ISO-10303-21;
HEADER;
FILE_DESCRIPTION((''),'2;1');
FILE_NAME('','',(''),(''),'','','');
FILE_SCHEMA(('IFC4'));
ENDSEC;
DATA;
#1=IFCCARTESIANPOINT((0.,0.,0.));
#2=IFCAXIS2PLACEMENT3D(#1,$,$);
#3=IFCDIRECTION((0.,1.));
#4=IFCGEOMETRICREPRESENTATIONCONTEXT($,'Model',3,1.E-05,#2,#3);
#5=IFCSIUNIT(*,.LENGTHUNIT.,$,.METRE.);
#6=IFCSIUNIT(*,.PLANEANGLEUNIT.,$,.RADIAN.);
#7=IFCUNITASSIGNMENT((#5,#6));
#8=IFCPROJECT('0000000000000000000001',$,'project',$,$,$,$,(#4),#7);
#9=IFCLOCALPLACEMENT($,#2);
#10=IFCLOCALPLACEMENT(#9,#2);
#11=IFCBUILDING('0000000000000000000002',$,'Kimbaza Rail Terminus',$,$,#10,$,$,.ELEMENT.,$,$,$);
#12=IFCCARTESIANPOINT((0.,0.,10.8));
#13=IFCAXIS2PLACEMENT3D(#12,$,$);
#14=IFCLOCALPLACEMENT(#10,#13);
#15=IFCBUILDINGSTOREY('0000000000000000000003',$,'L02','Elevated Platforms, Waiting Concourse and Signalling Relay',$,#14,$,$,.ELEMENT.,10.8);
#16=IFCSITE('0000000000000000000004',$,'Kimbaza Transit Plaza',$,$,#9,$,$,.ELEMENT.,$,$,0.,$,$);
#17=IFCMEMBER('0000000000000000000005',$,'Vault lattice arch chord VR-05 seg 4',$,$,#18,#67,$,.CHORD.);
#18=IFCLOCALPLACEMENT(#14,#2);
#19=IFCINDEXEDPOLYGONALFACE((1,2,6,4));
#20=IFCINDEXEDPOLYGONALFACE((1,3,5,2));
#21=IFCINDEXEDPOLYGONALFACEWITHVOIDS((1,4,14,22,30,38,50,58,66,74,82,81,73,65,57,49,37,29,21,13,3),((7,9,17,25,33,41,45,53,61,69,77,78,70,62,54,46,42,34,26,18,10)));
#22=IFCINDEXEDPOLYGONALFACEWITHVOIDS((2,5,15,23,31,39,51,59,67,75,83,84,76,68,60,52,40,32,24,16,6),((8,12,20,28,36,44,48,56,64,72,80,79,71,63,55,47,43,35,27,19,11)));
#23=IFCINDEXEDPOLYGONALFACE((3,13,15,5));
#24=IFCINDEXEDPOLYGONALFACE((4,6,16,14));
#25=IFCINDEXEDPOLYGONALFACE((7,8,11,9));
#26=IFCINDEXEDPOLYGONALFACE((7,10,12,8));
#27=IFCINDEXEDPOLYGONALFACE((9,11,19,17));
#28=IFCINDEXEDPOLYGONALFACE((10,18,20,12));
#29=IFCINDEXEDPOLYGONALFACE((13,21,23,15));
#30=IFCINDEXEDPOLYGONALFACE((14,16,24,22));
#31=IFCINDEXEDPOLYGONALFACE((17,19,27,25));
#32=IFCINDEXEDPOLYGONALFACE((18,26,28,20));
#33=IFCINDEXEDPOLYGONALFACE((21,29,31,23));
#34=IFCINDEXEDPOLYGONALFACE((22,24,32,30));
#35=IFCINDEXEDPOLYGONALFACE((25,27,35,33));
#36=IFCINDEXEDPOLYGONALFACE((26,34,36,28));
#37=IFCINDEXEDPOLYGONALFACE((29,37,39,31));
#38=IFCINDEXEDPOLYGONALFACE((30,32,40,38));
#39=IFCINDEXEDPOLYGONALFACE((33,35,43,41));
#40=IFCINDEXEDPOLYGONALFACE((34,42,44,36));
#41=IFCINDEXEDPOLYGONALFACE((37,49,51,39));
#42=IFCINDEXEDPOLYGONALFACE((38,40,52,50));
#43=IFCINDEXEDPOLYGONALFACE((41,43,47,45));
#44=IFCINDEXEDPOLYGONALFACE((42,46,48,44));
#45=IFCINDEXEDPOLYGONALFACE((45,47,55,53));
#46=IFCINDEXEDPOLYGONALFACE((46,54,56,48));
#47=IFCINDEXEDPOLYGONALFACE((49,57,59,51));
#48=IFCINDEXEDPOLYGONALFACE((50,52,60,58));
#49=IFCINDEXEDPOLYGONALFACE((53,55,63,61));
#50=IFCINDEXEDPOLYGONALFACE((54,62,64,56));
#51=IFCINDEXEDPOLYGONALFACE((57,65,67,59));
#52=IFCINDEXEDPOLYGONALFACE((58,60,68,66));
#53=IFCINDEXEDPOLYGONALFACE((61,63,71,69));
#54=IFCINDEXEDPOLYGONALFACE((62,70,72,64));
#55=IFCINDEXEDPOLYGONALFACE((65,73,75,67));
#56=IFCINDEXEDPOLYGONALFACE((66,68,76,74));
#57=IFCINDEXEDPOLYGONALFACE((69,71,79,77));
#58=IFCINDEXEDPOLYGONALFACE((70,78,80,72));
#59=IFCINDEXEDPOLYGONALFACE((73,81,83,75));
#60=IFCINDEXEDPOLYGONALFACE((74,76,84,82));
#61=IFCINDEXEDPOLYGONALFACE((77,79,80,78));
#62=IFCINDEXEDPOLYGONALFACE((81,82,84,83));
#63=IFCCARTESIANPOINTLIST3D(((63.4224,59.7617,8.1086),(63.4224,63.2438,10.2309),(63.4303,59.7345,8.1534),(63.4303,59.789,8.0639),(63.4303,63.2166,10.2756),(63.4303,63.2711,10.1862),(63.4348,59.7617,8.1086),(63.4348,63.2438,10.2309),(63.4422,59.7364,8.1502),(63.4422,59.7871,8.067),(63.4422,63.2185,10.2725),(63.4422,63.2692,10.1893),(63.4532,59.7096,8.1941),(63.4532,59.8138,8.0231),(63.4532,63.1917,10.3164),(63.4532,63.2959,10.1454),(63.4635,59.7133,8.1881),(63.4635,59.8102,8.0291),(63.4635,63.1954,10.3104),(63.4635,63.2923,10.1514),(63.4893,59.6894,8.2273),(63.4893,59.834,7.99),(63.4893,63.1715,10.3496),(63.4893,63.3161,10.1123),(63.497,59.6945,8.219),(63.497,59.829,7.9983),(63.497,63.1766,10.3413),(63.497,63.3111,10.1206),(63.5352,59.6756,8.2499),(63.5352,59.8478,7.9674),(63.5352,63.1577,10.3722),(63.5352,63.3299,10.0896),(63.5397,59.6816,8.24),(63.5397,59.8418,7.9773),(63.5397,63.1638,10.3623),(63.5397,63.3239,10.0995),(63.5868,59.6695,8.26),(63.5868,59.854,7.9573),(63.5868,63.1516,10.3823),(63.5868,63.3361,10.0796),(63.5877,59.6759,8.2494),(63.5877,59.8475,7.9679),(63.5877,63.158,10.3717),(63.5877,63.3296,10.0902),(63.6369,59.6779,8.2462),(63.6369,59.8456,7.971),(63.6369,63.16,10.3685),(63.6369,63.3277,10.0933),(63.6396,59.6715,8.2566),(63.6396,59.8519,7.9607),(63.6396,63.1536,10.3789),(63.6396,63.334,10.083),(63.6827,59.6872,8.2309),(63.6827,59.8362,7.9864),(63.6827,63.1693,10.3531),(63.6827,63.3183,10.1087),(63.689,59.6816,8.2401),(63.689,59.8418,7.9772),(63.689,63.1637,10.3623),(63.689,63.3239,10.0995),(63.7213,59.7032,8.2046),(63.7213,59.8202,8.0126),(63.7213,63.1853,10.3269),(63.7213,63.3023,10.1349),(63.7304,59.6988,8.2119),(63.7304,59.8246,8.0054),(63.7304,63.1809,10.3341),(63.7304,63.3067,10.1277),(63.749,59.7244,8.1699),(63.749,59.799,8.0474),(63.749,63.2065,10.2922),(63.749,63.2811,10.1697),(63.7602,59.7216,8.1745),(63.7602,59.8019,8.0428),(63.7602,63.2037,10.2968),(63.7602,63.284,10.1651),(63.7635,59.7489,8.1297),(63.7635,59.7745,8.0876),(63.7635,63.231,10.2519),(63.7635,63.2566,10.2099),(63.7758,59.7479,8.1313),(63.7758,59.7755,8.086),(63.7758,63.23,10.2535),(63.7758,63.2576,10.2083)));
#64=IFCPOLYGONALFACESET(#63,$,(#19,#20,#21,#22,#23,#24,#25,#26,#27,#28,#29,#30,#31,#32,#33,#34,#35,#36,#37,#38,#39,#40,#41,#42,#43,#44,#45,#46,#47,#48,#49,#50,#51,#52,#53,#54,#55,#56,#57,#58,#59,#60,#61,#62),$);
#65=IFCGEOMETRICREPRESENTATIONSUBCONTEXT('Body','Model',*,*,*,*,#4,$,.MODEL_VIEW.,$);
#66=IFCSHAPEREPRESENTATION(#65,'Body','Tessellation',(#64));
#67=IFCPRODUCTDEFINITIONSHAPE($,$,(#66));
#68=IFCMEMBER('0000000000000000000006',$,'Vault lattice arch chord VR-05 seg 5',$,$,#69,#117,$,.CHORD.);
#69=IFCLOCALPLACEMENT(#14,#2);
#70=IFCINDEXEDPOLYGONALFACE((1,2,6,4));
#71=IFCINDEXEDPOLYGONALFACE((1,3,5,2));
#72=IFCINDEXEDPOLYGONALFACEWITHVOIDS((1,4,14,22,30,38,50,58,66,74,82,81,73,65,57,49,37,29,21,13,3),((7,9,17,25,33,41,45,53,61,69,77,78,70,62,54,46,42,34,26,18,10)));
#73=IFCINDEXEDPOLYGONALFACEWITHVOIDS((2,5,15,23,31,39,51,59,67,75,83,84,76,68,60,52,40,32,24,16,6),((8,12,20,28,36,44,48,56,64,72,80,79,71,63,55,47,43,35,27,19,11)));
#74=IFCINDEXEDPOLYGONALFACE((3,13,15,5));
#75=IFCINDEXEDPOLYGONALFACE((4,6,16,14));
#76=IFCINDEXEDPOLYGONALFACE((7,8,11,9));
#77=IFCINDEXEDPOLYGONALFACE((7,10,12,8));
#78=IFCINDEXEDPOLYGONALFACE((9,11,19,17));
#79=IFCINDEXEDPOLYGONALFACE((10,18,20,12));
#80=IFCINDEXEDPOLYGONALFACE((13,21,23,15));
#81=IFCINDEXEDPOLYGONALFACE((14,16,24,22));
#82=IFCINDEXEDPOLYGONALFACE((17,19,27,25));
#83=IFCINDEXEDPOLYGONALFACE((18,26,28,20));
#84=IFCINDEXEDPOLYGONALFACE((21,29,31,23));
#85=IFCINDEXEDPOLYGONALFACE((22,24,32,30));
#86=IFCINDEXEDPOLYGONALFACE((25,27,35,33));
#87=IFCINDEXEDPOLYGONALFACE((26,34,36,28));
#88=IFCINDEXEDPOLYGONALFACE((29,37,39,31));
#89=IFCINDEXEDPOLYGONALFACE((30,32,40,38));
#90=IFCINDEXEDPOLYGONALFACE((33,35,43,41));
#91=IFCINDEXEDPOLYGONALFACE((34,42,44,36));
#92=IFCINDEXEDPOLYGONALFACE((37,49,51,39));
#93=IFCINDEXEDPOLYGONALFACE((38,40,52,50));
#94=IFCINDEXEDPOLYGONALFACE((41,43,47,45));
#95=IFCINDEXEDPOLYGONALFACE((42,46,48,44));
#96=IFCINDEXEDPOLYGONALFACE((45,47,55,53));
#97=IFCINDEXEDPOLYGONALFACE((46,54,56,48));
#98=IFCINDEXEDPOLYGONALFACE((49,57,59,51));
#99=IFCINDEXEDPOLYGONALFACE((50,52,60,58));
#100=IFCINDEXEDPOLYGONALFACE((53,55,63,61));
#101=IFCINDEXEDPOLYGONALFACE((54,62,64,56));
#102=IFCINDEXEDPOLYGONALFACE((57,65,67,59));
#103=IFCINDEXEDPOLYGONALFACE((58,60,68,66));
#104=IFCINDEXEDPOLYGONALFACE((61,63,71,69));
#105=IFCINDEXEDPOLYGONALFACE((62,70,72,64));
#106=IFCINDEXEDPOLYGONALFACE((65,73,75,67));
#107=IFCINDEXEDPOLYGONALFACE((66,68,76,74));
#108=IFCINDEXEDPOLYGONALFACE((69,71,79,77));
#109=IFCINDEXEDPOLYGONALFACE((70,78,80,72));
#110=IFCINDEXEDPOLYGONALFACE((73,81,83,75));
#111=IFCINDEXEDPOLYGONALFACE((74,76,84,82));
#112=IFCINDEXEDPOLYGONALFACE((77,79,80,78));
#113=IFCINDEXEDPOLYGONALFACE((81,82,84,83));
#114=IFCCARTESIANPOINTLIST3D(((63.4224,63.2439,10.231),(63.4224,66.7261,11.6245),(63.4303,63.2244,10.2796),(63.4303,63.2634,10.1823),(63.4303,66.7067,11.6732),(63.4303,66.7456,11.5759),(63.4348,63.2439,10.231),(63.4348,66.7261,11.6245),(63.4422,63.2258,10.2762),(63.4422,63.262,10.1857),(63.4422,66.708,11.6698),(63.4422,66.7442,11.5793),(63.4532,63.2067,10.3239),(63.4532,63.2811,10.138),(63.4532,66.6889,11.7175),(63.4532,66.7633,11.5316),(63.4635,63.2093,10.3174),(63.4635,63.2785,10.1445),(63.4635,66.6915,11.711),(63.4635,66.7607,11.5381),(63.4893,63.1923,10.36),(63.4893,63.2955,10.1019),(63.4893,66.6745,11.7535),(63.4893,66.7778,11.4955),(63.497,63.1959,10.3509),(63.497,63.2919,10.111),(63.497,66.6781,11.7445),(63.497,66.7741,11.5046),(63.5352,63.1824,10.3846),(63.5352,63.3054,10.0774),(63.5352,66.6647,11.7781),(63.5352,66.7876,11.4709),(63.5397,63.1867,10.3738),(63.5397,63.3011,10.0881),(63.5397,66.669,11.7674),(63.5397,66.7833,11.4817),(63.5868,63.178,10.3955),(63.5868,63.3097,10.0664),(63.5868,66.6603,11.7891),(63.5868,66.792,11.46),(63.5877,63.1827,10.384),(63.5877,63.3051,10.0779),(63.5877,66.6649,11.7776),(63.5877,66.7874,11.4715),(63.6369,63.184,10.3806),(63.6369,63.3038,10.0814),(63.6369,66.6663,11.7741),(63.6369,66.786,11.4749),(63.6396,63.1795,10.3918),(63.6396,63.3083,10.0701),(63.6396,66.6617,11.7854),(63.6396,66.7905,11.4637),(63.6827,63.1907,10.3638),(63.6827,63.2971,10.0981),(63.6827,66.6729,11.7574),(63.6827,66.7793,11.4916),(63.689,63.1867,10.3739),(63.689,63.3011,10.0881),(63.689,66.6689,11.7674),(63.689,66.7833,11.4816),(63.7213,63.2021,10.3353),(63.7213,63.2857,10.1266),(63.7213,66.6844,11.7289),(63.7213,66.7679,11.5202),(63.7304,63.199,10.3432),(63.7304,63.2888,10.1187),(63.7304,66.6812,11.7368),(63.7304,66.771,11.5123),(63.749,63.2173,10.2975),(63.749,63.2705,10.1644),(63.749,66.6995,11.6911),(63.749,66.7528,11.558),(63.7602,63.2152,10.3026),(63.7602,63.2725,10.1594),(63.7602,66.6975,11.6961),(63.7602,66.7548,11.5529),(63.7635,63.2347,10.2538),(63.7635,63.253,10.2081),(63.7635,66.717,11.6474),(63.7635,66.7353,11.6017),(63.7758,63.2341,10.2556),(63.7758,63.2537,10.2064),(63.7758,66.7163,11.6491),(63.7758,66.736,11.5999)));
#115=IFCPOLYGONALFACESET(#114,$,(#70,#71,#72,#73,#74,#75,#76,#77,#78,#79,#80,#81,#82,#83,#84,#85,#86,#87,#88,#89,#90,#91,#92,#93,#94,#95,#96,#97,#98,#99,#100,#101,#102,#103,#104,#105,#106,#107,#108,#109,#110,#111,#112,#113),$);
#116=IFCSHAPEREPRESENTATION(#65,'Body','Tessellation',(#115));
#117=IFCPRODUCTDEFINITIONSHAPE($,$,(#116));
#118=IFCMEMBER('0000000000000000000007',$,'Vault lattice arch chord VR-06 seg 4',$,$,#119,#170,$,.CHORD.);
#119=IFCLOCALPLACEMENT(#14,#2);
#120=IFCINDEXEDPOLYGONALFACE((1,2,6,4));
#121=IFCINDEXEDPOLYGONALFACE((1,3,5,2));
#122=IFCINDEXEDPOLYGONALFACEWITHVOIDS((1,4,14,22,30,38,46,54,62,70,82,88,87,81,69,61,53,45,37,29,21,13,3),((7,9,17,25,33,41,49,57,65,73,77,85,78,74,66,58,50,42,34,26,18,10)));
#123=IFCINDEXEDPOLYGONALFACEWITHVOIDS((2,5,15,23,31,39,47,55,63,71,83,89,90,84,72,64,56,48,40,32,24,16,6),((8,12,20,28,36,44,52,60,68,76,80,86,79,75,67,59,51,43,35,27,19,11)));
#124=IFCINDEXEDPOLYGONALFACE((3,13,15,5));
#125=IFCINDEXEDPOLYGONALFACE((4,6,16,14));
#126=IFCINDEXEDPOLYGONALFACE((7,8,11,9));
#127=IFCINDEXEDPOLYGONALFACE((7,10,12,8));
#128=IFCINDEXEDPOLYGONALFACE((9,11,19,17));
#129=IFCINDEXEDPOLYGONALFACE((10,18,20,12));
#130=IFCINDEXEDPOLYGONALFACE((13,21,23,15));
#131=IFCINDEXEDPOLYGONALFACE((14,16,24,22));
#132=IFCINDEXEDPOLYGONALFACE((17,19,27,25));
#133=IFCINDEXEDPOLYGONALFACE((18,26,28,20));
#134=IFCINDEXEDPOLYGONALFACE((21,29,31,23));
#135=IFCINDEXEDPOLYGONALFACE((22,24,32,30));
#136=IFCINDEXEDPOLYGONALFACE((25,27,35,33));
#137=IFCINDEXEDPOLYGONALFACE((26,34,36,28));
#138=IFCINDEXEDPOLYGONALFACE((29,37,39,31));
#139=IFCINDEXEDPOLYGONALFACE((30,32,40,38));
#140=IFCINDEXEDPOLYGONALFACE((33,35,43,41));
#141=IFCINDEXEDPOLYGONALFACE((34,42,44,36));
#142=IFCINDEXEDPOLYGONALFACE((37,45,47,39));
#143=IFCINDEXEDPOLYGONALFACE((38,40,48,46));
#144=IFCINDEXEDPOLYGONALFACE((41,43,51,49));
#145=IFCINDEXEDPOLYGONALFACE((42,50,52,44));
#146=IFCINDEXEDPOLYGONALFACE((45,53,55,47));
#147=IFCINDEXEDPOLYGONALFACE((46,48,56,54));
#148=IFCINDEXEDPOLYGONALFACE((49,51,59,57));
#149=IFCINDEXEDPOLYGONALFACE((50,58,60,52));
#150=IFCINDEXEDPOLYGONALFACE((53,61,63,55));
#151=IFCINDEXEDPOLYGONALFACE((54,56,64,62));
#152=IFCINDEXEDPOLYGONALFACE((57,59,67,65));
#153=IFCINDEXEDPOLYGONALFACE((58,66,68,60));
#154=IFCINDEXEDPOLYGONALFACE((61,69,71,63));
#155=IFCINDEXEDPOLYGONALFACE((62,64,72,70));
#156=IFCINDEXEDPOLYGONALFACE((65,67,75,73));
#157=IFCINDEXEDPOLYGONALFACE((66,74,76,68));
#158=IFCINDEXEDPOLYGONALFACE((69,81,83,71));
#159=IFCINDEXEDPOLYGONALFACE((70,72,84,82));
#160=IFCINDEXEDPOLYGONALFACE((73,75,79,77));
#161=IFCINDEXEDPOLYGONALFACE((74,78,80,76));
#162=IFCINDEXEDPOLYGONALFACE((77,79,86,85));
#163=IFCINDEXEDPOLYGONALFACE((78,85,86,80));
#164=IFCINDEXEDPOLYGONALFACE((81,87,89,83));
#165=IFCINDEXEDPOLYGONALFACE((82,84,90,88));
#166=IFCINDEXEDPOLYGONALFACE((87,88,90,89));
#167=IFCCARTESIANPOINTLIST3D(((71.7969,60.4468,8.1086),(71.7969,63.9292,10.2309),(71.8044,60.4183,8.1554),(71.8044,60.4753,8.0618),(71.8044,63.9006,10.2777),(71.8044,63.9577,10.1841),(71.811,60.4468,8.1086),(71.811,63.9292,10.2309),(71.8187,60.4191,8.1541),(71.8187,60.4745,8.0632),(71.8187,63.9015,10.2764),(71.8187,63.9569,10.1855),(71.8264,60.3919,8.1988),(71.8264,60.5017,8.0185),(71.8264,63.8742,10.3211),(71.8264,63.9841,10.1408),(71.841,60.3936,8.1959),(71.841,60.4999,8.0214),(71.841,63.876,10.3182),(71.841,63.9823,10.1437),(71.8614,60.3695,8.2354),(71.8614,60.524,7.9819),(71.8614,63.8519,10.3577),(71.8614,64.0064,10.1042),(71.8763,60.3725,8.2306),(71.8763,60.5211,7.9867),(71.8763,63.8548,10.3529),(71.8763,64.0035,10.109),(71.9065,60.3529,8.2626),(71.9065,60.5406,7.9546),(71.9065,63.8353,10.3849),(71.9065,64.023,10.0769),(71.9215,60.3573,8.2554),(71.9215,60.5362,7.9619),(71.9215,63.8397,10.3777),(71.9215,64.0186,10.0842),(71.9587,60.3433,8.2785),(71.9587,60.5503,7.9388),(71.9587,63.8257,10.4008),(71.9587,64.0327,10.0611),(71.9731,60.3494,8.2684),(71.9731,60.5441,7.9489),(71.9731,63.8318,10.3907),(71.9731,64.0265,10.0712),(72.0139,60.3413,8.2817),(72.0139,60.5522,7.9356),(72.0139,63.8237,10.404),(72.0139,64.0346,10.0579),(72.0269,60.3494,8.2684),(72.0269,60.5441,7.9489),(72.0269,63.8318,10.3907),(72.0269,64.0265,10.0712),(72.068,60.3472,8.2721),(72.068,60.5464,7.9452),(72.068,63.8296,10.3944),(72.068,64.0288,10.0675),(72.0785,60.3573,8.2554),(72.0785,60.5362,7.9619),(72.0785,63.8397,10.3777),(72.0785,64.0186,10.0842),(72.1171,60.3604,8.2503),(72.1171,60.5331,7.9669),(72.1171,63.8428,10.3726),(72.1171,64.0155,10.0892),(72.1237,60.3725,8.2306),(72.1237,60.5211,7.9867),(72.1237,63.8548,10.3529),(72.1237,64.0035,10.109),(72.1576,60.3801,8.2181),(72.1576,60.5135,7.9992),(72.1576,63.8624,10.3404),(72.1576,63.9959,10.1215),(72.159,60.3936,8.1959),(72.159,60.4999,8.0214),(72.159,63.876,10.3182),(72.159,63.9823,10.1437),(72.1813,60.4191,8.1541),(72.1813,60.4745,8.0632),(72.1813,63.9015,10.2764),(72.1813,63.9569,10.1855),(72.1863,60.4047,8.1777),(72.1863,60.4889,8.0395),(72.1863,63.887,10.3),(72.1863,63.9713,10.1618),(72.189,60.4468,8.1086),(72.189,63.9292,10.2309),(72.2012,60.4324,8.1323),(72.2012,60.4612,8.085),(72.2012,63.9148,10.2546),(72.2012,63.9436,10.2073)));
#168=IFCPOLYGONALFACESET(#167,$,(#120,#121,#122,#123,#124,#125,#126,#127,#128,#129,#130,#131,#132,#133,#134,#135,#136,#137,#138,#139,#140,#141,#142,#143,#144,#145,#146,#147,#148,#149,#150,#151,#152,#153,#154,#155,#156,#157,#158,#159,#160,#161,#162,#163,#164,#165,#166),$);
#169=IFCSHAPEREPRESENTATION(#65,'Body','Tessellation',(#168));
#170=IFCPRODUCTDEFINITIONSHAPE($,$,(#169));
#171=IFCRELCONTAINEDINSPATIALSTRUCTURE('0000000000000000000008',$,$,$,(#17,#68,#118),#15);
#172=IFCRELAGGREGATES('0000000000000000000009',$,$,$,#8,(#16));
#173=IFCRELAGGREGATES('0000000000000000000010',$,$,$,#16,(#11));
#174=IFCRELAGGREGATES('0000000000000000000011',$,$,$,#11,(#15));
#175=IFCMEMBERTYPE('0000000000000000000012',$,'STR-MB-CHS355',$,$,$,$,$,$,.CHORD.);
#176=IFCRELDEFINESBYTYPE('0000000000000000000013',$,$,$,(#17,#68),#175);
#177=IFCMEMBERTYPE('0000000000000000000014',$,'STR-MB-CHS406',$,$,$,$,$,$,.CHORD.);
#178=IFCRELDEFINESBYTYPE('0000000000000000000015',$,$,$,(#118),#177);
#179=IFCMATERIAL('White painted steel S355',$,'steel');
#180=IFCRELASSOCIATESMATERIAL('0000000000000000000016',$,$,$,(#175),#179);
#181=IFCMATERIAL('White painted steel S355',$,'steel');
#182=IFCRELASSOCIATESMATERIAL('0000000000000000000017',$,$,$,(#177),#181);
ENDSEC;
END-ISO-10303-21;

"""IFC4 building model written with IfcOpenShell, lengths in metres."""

from ifc_helpers import new_model, si_unit, direction, frame, origin, origin_2d, place, context, subcontext, project, spatial, hollow_circle, extrude, material, material_profile, profile_set, type_object, element, save


model = new_model("IFC4")

# Units and contexts
model_context = context("Model", 3, precision=1e-05, world=origin(), true_north=direction((0.0, 1.0)))
body_context = subcontext(model_context, "Body", "Model", "MODEL_VIEW")
ifc_project = project(units=[si_unit("LENGTHUNIT", "METRE"), si_unit("PLANEANGLEUNIT", "RADIAN")], contexts=[model_context])

# Site, building, storey
site_placement = place(None, origin())
site = spatial("IfcSite", under=ifc_project, at=site_placement, Name="Kimbaza Transit Plaza", CompositionType="ELEMENT", RefElevation=0.0)
building_placement = place(site_placement, origin())
building = spatial("IfcBuilding", under=site, at=building_placement, Name="Kimbaza Rail Terminus", CompositionType="ELEMENT")
storey_placement = place(building_placement, frame((0.0, 0.0, 10.8)))
storey = spatial("IfcBuildingStorey", under=building, at=storey_placement, Name="L02", Description="Elevated Platforms, Waiting Concourse and Signalling Relay", CompositionType="ELEMENT", Elevation=10.8)

# Members
ifc_material_1 = material(Name="White painted steel S355", Category="steel")
ifc_material_profile_1 = material_profile(ifc_material_1, hollow_circle(Radius=0.1777, WallThickness=0.0125, at=origin_2d()), Name="CHS 355.6x12.5")
ifc_profile_set_1 = profile_set([ifc_material_profile_1], Name="White painted steel S355")
member_type_1 = type_object("IfcMemberType", Name="STR-MB-CHS355", PredefinedType="CHORD", material=ifc_profile_set_1)
member_1_placement = place(storey_placement, frame((63.6001, 59.7617, 8.1086), z_axis=(0.0, 0.853901, 0.520435), x_axis=(-1.0, 0.0, 0.0)))
element("IfcMember", 1, at=member_1_placement, inside=storey, type_object=member_type_1, Name="Vault lattice arch chord VR-05 seg 4", PredefinedType="CHORD", context=body_context, shape_type="SweptSolid", body=[
    extrude(hollow_circle(Radius=0.1777, WallThickness=0.0125, at=origin_2d()), origin(), (0.0, 0.0, 1.0), 4.0779),
])
member_2_placement = place(storey_placement, frame((63.6001, 63.2439, 10.231), z_axis=(0.0, 0.928414, 0.371548), x_axis=(-1.0, 0.0, 0.0)))
element("IfcMember", 2, at=member_2_placement, inside=storey, type_object=member_type_1, Name="Vault lattice arch chord VR-05 seg 5", PredefinedType="CHORD", context=body_context, shape_type="SweptSolid", body=[
    extrude(hollow_circle(Radius=0.1777, WallThickness=0.0125, at=origin_2d()), origin(), (0.0, 0.0, 1.0), 3.7507),
])
ifc_material_2 = material(Name="White painted steel S355", Category="steel")
ifc_material_profile_2 = material_profile(ifc_material_2, hollow_circle(Radius=0.2031, WallThickness=0.0142, at=origin_2d()), Name="CHS 406.4x14.2")
ifc_profile_set_2 = profile_set([ifc_material_profile_2], Name="White painted steel S355")
member_type_2 = type_object("IfcMemberType", Name="STR-MB-CHS406", PredefinedType="CHORD", material=ifc_profile_set_2)
member_3_placement = place(storey_placement, frame((72.0, 60.4468, 8.1086), z_axis=(0.0, 0.853918, 0.520408), x_axis=(-1.0, 0.0, 0.0)))
element("IfcMember", 3, at=member_3_placement, inside=storey, type_object=member_type_2, Name="Vault lattice arch chord VR-06 seg 4", PredefinedType="CHORD", context=body_context, shape_type="SweptSolid", body=[
    extrude(hollow_circle(Radius=0.2031, WallThickness=0.0142, at=origin_2d()), origin(), (0.0, 0.0, 1.0), 4.0781),
])

save(model, "model.ifc")
